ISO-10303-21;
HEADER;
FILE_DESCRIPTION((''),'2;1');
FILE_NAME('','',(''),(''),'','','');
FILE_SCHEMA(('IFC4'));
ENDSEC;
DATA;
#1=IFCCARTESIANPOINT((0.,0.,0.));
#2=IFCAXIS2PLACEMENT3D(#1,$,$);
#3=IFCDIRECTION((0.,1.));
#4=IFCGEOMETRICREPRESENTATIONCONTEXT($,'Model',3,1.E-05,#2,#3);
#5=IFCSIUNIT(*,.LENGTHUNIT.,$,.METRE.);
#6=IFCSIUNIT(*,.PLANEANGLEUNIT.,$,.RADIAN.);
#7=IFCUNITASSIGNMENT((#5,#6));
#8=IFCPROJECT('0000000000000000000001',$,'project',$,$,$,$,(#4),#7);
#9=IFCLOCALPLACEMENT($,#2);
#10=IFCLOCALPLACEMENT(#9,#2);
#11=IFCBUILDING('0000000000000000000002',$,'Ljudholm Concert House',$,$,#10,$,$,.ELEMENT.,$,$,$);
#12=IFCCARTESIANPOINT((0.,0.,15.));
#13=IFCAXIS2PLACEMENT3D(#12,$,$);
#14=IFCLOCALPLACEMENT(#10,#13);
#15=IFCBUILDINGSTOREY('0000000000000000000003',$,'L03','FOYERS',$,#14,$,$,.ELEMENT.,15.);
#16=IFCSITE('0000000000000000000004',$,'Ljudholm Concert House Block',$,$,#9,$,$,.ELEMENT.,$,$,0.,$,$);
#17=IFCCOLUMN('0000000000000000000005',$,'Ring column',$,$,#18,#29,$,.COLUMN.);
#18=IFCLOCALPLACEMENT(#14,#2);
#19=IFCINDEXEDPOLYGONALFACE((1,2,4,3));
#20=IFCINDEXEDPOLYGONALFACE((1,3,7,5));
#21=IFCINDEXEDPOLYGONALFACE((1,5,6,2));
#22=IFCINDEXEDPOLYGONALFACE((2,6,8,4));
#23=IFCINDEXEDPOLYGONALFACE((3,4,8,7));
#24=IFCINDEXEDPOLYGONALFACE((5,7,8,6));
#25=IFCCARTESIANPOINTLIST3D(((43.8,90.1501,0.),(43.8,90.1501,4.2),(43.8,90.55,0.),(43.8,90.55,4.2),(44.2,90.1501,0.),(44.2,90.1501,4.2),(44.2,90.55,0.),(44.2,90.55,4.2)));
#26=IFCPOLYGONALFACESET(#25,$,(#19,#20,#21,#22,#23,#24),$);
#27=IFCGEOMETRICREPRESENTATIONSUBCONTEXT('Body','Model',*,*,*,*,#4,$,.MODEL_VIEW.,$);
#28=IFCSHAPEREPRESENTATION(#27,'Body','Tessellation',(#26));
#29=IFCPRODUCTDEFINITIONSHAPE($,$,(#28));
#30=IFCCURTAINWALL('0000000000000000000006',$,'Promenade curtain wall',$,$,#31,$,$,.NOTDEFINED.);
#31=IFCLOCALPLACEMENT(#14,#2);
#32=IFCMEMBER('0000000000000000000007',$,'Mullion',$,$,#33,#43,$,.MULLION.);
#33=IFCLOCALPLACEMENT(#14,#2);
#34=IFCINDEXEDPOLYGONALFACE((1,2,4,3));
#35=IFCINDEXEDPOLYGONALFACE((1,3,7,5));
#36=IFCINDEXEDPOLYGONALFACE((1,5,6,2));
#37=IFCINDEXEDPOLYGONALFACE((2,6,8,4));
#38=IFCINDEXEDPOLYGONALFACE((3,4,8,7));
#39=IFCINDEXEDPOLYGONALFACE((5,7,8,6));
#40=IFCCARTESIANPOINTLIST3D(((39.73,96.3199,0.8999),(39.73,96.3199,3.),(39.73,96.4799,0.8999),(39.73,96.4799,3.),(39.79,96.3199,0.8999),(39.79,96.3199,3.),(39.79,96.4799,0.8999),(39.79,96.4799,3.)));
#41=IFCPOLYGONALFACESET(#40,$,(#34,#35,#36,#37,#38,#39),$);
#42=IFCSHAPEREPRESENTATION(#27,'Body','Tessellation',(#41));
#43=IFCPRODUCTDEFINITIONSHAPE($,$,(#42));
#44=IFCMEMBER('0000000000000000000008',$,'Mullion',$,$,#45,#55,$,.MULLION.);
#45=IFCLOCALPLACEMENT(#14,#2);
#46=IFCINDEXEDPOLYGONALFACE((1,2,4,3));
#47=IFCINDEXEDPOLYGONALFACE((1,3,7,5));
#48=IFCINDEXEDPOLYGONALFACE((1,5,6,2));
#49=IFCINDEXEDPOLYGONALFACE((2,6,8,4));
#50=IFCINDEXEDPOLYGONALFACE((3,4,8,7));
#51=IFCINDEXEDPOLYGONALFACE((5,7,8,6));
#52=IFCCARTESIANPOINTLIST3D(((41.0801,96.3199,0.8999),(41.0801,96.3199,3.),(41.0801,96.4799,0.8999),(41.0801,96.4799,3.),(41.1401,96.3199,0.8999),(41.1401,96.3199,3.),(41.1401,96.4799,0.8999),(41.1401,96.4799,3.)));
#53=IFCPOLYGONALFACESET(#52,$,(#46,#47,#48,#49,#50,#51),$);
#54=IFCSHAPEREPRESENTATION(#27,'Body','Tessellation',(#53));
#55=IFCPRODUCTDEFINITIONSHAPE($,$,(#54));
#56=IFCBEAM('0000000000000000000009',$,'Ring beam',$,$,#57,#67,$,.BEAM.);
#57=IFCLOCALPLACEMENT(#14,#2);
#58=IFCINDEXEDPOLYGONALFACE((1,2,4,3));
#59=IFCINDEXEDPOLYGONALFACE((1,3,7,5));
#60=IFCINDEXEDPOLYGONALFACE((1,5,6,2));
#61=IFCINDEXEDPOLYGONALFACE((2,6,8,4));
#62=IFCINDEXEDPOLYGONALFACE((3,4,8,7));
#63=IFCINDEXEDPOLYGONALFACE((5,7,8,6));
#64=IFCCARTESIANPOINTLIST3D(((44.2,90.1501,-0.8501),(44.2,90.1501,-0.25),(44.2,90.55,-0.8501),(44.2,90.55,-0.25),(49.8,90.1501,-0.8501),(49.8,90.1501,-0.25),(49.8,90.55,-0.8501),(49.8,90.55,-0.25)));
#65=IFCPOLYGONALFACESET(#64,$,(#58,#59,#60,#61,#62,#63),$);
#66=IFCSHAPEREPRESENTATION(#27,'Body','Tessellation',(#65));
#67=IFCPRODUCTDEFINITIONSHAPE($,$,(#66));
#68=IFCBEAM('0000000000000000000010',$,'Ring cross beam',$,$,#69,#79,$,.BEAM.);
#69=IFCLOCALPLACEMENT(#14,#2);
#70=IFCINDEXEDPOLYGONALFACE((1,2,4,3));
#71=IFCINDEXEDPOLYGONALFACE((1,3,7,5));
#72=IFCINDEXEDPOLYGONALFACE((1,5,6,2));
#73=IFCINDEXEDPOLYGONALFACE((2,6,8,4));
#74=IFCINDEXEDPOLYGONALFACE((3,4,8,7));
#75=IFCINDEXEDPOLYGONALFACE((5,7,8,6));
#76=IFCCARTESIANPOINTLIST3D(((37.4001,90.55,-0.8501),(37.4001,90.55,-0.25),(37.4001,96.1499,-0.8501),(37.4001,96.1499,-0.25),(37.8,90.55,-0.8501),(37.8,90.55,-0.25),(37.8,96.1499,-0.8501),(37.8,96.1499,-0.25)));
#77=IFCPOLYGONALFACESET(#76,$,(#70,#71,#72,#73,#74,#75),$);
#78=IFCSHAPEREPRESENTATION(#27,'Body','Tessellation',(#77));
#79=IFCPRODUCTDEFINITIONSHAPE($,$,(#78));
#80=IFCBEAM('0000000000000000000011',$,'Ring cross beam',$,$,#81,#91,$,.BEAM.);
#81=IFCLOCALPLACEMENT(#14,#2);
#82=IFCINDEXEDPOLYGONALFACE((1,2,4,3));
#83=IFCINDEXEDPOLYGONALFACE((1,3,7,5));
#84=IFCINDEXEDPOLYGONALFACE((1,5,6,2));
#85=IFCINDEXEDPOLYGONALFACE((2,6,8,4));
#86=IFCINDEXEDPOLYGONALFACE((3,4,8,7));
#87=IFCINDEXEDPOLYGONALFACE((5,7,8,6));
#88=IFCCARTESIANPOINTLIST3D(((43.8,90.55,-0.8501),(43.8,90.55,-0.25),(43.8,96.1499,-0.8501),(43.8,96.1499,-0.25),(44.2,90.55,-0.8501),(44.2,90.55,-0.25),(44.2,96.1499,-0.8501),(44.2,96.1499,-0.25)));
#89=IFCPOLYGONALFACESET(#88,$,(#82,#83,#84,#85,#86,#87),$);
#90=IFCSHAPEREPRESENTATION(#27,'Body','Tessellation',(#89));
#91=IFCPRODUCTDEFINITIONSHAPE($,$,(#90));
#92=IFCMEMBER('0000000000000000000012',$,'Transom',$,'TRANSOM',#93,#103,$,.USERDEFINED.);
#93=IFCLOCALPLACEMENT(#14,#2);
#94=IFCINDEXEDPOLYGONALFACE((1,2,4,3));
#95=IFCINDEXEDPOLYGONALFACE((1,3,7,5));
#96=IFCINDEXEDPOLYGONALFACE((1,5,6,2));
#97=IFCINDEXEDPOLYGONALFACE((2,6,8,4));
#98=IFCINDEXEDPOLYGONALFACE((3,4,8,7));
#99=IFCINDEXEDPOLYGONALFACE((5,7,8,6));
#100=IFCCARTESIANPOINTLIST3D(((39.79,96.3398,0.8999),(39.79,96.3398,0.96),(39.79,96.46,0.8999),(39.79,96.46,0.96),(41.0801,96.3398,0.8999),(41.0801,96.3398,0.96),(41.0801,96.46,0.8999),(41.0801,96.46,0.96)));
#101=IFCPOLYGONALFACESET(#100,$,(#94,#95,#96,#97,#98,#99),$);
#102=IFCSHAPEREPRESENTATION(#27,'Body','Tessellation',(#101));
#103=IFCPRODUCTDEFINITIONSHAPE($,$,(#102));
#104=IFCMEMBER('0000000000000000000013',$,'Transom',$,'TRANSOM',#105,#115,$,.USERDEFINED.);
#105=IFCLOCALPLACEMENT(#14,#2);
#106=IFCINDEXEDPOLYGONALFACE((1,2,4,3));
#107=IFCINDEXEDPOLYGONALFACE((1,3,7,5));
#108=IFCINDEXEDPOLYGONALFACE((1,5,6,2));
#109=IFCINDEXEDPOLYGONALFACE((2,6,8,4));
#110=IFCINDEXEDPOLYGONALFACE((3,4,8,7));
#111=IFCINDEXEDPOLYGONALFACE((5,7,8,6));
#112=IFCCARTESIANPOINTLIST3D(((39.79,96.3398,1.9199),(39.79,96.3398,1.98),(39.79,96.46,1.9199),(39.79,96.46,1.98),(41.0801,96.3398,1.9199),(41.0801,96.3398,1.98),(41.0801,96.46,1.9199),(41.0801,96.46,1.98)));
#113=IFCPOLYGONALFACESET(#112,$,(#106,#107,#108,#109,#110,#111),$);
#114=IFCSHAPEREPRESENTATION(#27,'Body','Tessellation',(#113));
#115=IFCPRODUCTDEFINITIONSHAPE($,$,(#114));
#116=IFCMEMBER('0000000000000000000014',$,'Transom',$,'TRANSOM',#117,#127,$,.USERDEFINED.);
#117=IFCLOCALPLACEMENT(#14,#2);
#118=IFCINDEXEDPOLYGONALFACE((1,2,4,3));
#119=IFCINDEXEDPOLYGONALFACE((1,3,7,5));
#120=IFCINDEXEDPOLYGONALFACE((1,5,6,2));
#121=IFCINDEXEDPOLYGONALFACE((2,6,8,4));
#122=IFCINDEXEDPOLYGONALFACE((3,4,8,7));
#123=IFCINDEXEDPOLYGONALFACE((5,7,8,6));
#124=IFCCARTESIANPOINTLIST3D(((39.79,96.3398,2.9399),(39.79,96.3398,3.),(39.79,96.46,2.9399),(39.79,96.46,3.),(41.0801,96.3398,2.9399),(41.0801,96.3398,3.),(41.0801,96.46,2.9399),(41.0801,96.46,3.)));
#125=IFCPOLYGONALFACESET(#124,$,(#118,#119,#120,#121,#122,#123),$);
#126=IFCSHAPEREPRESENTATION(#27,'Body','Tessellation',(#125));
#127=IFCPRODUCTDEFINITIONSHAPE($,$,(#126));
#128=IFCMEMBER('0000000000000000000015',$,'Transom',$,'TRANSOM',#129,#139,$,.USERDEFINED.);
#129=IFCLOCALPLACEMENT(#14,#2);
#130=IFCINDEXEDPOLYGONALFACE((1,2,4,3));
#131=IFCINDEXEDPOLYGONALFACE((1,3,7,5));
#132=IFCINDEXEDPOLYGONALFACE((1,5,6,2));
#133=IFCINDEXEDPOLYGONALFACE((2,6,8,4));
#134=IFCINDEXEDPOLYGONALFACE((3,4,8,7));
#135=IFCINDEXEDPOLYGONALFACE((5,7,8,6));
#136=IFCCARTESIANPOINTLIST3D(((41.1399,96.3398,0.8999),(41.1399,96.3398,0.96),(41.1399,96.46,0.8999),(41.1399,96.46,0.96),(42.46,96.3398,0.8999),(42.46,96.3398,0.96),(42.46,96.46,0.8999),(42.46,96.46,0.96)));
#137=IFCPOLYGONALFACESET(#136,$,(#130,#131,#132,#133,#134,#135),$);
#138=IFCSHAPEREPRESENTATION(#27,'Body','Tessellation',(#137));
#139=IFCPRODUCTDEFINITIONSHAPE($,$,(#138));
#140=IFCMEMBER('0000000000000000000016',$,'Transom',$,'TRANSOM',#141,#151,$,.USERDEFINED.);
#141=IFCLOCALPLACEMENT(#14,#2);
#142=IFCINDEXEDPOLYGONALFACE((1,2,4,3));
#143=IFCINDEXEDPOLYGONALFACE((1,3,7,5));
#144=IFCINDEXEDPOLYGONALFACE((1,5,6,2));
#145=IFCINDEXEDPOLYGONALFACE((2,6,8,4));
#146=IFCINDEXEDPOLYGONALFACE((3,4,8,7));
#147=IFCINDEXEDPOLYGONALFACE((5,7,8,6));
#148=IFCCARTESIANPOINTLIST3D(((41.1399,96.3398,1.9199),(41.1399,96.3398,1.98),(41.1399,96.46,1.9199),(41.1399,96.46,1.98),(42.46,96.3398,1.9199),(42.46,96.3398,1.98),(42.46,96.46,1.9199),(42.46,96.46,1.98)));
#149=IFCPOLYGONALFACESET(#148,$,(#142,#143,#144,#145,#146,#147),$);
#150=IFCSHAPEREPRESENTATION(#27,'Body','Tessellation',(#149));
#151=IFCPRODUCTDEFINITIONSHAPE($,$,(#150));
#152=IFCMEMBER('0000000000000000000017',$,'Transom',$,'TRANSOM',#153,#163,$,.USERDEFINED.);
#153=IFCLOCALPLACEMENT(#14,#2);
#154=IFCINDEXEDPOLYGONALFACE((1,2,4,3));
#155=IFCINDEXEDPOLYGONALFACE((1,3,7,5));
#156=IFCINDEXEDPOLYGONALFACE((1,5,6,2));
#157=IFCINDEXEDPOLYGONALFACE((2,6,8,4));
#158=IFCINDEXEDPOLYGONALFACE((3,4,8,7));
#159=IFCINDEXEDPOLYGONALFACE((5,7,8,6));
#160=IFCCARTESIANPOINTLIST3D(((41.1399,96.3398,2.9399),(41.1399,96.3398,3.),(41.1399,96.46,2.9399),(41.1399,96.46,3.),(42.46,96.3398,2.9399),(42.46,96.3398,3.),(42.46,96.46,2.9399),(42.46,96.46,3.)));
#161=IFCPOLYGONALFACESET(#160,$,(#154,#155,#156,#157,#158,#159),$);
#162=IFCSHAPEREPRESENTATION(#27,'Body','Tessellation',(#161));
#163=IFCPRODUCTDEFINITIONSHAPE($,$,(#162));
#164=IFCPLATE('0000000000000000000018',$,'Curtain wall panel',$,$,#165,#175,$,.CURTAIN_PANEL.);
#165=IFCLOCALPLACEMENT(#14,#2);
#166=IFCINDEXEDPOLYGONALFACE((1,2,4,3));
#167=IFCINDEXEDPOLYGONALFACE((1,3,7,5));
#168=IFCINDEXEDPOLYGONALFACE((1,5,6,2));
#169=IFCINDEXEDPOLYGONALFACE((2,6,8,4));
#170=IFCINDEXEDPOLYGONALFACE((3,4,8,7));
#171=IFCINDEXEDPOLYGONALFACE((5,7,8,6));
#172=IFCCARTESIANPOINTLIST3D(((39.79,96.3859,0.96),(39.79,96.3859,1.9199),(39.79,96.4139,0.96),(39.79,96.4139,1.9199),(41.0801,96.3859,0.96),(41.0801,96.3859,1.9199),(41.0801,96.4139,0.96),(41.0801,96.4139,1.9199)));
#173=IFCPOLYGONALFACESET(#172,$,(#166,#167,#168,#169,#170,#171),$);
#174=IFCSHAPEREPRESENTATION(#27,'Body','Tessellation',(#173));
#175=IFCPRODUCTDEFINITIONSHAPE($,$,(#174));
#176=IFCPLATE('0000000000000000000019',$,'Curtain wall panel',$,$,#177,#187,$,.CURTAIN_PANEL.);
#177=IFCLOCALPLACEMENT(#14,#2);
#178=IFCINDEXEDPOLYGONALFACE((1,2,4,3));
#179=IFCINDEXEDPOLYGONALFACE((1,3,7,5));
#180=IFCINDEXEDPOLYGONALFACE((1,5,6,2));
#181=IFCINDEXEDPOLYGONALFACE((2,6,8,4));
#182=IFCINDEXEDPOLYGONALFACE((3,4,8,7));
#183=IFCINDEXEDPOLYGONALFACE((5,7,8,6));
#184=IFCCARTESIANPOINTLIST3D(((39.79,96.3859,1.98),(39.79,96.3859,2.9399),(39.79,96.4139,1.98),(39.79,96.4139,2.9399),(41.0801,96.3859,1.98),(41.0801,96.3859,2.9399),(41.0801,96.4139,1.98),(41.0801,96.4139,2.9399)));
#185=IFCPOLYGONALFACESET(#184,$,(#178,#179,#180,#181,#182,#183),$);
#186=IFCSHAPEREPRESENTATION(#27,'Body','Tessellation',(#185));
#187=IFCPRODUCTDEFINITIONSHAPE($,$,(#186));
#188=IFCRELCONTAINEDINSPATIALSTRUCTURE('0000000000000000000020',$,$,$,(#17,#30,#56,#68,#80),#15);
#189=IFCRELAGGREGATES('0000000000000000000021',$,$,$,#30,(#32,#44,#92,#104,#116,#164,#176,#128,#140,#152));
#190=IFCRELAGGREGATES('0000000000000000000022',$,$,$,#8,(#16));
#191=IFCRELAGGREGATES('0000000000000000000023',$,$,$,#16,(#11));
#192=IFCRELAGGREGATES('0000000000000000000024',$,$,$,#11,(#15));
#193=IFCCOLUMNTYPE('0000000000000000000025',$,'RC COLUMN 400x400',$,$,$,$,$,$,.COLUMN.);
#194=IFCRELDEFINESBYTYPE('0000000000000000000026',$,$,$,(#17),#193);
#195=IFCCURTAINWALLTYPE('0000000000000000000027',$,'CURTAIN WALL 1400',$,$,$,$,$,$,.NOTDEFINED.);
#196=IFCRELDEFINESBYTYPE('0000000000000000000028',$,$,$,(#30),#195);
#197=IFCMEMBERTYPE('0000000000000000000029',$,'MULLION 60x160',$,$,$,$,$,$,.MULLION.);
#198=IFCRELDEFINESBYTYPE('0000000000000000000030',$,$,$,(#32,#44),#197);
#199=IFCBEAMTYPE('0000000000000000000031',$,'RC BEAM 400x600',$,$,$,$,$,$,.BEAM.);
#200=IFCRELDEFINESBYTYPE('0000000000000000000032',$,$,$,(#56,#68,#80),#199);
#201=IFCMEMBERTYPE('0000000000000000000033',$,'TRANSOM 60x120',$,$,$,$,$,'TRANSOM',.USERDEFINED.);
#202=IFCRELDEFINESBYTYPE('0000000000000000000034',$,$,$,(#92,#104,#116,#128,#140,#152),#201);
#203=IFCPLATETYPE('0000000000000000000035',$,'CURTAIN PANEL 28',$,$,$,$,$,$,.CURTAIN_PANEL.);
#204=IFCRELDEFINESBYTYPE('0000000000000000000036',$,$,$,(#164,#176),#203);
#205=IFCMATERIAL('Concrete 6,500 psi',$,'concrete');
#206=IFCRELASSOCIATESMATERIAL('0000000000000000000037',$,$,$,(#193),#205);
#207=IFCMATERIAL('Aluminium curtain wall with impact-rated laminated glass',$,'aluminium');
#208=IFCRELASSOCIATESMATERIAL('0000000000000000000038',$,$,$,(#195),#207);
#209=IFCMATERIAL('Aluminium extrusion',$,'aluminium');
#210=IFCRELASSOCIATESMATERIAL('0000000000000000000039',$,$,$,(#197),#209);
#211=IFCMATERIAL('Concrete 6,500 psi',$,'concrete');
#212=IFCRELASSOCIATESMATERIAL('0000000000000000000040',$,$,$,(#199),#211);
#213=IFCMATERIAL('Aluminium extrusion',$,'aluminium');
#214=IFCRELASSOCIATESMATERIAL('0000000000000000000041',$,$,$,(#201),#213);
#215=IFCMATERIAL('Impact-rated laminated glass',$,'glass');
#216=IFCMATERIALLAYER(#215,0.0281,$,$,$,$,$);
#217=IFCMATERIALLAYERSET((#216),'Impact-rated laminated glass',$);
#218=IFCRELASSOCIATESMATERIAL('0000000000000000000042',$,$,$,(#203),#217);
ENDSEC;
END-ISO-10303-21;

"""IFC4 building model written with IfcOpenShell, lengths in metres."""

from ifc_helpers import new_model, si_unit, direction, frame, origin, origin_2d, place, context, subcontext, project, spatial, rectangle, extrude, material, layer, layer_set, material_profile, profile_set, type_object, element, aggregate, save


model = new_model("IFC4")

# Units and contexts
model_context = context("Model", 3, precision=1e-05, world=origin(), true_north=direction((0.0, 1.0)))
body_context = subcontext(model_context, "Body", "Model", "MODEL_VIEW")
ifc_project = project(units=[si_unit("LENGTHUNIT", "METRE"), si_unit("PLANEANGLEUNIT", "RADIAN")], contexts=[model_context])

# Site, building, storey
site_placement = place(None, origin())
site = spatial("IfcSite", under=ifc_project, at=site_placement, Name="Ljudholm Concert House Block", CompositionType="ELEMENT", RefElevation=0.0)
building_placement = place(site_placement, origin())
building = spatial("IfcBuilding", under=site, at=building_placement, Name="Ljudholm Concert House", CompositionType="ELEMENT")
storey_placement = place(building_placement, frame((0.0, 0.0, 15.0)))
storey = spatial("IfcBuildingStorey", under=building, at=storey_placement, Name="L03", Description="FOYERS", CompositionType="ELEMENT", Elevation=15.0)

# Column
ifc_material_1 = material(Name="Concrete 6,500 psi", Category="concrete")
ifc_material_profile_1 = material_profile(ifc_material_1, rectangle(XDim=0.3999, YDim=0.3999, at=origin_2d()), Name="RC COLUMN 400x400")
ifc_profile_set_1 = profile_set([ifc_material_profile_1], Name="Concrete 6,500 psi")
column_type = type_object("IfcColumnType", Name="RC COLUMN 400x400", PredefinedType="COLUMN", material=ifc_profile_set_1)
column_placement = place(storey_placement, frame((44.0, 90.3501, 0.0), z_axis=(0.0, 0.0, 1.0), x_axis=(1.0, 0.0, 0.0)))
element("IfcColumn", 1, at=column_placement, inside=storey, type_object=column_type, Name="Ring column", PredefinedType="COLUMN", context=body_context, shape_type="SweptSolid", body=[
    extrude(rectangle(XDim=0.3999, YDim=0.3999, at=origin_2d()), origin(), (0.0, 0.0, 1.0), 4.2),
])

# Curtain wall, members
ifc_material_2 = material(Name="Aluminium curtain wall with impact-rated laminated glass", Category="aluminium")
curtain_wall_type = type_object("IfcCurtainWallType", Name="CURTAIN WALL 1400", PredefinedType="NOTDEFINED", material=ifc_material_2)
curtain_wall_placement = place(storey_placement, origin())
curtain_wall = element("IfcCurtainWall", 2, at=curtain_wall_placement, inside=storey, type_object=curtain_wall_type, Name="Promenade curtain wall", PredefinedType="NOTDEFINED")
ifc_material_3 = material(Name="Aluminium extrusion", Category="aluminium")
ifc_material_profile_2 = material_profile(ifc_material_3, rectangle(XDim=0.1599, YDim=0.0601, at=origin_2d()), Name="MULLION 60x160")
ifc_profile_set_2 = profile_set([ifc_material_profile_2], Name="Aluminium extrusion")
member_type_1 = type_object("IfcMemberType", Name="MULLION 60x160", PredefinedType="MULLION", material=ifc_profile_set_2)
member_1_placement = place(storey_placement, frame((39.76, 96.3999, 0.8999), z_axis=(0.0, 0.0, 1.0), x_axis=(0.0, 1.0, 0.0)))
member_1 = element("IfcMember", 3, at=member_1_placement, type_object=member_type_1, Name="Mullion", PredefinedType="MULLION", context=body_context, shape_type="SweptSolid", body=[
    extrude(rectangle(XDim=0.1599, YDim=0.0601, at=origin_2d()), origin(), (0.0, 0.0, 1.0), 2.1001),
])
member_2_placement = place(storey_placement, frame((41.1101, 96.3999, 0.8999), z_axis=(0.0, 0.0, 1.0), x_axis=(0.0, 1.0, 0.0)))
member_2 = element("IfcMember", 4, at=member_2_placement, type_object=member_type_1, Name="Mullion", PredefinedType="MULLION", context=body_context, shape_type="SweptSolid", body=[
    extrude(rectangle(XDim=0.1599, YDim=0.0601, at=origin_2d()), origin(), (0.0, 0.0, 1.0), 2.1001),
])

# Beams
ifc_material_4 = material(Name="Concrete 6,500 psi", Category="concrete")
ifc_material_profile_3 = material_profile(ifc_material_4, rectangle(XDim=0.3999, YDim=0.6001, at=origin_2d()), Name="RC BEAM 400x600")
ifc_profile_set_3 = profile_set([ifc_material_profile_3], Name="Concrete 6,500 psi")
beam_type = type_object("IfcBeamType", Name="RC BEAM 400x600", PredefinedType="BEAM", material=ifc_profile_set_3)
beam_placement = place(storey_placement, frame((44.2, 90.3501, -0.55), z_axis=(1.0, 0.0, 0.0), x_axis=(0.0, 1.0, 0.0)))
element("IfcBeam", 5, at=beam_placement, inside=storey, type_object=beam_type, Name="Ring beam", PredefinedType="BEAM", context=body_context, shape_type="SweptSolid", body=[
    extrude(rectangle(XDim=0.3999, YDim=0.6001, at=origin_2d()), origin(), (0.0, 0.0, 1.0), 5.6001),
])
for number, where, z_axis, x_axis, name in (
    (6, (37.6001, 90.55, -0.55), (0.0, 1.0, 0.0), (-1.0, 0.0, 0.0), "Ring cross beam"),
    (7, (44.0, 90.55, -0.55), (0.0, 1.0, 0.0), (-1.0, 0.0, 0.0), "Ring cross beam"),
):
    element("IfcBeam", number, at=place(storey_placement, frame(where, z_axis=z_axis, x_axis=x_axis)), inside=storey, type_object=beam_type, Name=name, PredefinedType="BEAM", context=body_context, shape_type="SweptSolid", body=[
        extrude(rectangle(XDim=0.3999, YDim=0.6001, at=origin_2d()), origin(), (0.0, 0.0, 1.0), 5.5999),
    ])

# Members
ifc_material_5 = material(Name="Aluminium extrusion", Category="aluminium")
ifc_material_profile_4 = material_profile(ifc_material_5, rectangle(XDim=0.1201, YDim=0.0601, at=origin_2d()), Name="TRANSOM 60x120")
ifc_profile_set_4 = profile_set([ifc_material_profile_4], Name="Aluminium extrusion")
member_type_2 = type_object("IfcMemberType", Name="TRANSOM 60x120", ElementType="TRANSOM", PredefinedType="USERDEFINED", material=ifc_profile_set_4)
member_3_placement = place(storey_placement, frame((39.79, 96.3999, 0.9299), z_axis=(1.0, 0.0, 0.0), x_axis=(0.0, 1.0, 0.0)))
member_3 = element("IfcMember", 8, at=member_3_placement, type_object=member_type_2, Name="Transom", ObjectType="TRANSOM", PredefinedType="USERDEFINED", context=body_context, shape_type="SweptSolid", body=[
    extrude(rectangle(XDim=0.1201, YDim=0.0601, at=origin_2d()), origin(), (0.0, 0.0, 1.0), 1.29),
])
member_4_placement = place(storey_placement, frame((39.79, 96.3999, 1.95), z_axis=(1.0, 0.0, 0.0), x_axis=(0.0, 1.0, 0.0)))
member_4 = element("IfcMember", 9, at=member_4_placement, type_object=member_type_2, Name="Transom", ObjectType="TRANSOM", PredefinedType="USERDEFINED", context=body_context, shape_type="SweptSolid", body=[
    extrude(rectangle(XDim=0.1201, YDim=0.0601, at=origin_2d()), origin(), (0.0, 0.0, 1.0), 1.29),
])
member_5_placement = place(storey_placement, frame((39.79, 96.3999, 2.97), z_axis=(1.0, 0.0, 0.0), x_axis=(0.0, 1.0, 0.0)))
member_5 = element("IfcMember", 10, at=member_5_placement, type_object=member_type_2, Name="Transom", ObjectType="TRANSOM", PredefinedType="USERDEFINED", context=body_context, shape_type="SweptSolid", body=[
    extrude(rectangle(XDim=0.1201, YDim=0.0601, at=origin_2d()), origin(), (0.0, 0.0, 1.0), 1.29),
])
member_6_placement = place(storey_placement, frame((41.1399, 96.3999, 0.9299), z_axis=(1.0, 0.0, 0.0), x_axis=(0.0, 1.0, 0.0)))
member_6 = element("IfcMember", 11, at=member_6_placement, type_object=member_type_2, Name="Transom", ObjectType="TRANSOM", PredefinedType="USERDEFINED", context=body_context, shape_type="SweptSolid", body=[
    extrude(rectangle(XDim=0.1201, YDim=0.0601, at=origin_2d()), origin(), (0.0, 0.0, 1.0), 1.3201),
])
member_7_placement = place(storey_placement, frame((41.1399, 96.3999, 1.95), z_axis=(1.0, 0.0, 0.0), x_axis=(0.0, 1.0, 0.0)))
member_7 = element("IfcMember", 12, at=member_7_placement, type_object=member_type_2, Name="Transom", ObjectType="TRANSOM", PredefinedType="USERDEFINED", context=body_context, shape_type="SweptSolid", body=[
    extrude(rectangle(XDim=0.1201, YDim=0.0601, at=origin_2d()), origin(), (0.0, 0.0, 1.0), 1.3201),
])
member_8_placement = place(storey_placement, frame((41.1399, 96.3999, 2.97), z_axis=(1.0, 0.0, 0.0), x_axis=(0.0, 1.0, 0.0)))
member_8 = element("IfcMember", 13, at=member_8_placement, type_object=member_type_2, Name="Transom", ObjectType="TRANSOM", PredefinedType="USERDEFINED", context=body_context, shape_type="SweptSolid", body=[
    extrude(rectangle(XDim=0.1201, YDim=0.0601, at=origin_2d()), origin(), (0.0, 0.0, 1.0), 1.3201),
])

# Plates
ifc_material_6 = material(Name="Impact-rated laminated glass", Category="glass")
ifc_layer_1 = layer(ifc_material_6, 0.0281)
ifc_layer_set_1 = layer_set([ifc_layer_1], Name="Impact-rated laminated glass")
plate_type = type_object("IfcPlateType", Name="CURTAIN PANEL 28", PredefinedType="CURTAIN_PANEL", material=ifc_layer_set_1)
plate_1_placement = place(storey_placement, frame((40.4351, 96.3999, 0.96), z_axis=(0.0, 0.0, 1.0), x_axis=(1.0, 0.0, 0.0)))
plate_1 = element("IfcPlate", 14, at=plate_1_placement, type_object=plate_type, Name="Curtain wall panel", PredefinedType="CURTAIN_PANEL", context=body_context, shape_type="SweptSolid", body=[
    extrude(rectangle(XDim=1.29, YDim=0.0281, at=origin_2d()), origin(), (0.0, 0.0, 1.0), 0.96),
])
plate_2_placement = place(storey_placement, frame((40.4351, 96.3999, 1.98), z_axis=(0.0, 0.0, 1.0), x_axis=(1.0, 0.0, 0.0)))
plate_2 = element("IfcPlate", 15, at=plate_2_placement, type_object=plate_type, Name="Curtain wall panel", PredefinedType="CURTAIN_PANEL", context=body_context, shape_type="SweptSolid", body=[
    extrude(rectangle(XDim=1.29, YDim=0.0281, at=origin_2d()), origin(), (0.0, 0.0, 1.0), 0.96),
])
aggregate(curtain_wall, [member_1, member_2, member_3, member_4, member_5, plate_1, plate_2, member_6, member_7, member_8])

save(model, "model.ifc")
